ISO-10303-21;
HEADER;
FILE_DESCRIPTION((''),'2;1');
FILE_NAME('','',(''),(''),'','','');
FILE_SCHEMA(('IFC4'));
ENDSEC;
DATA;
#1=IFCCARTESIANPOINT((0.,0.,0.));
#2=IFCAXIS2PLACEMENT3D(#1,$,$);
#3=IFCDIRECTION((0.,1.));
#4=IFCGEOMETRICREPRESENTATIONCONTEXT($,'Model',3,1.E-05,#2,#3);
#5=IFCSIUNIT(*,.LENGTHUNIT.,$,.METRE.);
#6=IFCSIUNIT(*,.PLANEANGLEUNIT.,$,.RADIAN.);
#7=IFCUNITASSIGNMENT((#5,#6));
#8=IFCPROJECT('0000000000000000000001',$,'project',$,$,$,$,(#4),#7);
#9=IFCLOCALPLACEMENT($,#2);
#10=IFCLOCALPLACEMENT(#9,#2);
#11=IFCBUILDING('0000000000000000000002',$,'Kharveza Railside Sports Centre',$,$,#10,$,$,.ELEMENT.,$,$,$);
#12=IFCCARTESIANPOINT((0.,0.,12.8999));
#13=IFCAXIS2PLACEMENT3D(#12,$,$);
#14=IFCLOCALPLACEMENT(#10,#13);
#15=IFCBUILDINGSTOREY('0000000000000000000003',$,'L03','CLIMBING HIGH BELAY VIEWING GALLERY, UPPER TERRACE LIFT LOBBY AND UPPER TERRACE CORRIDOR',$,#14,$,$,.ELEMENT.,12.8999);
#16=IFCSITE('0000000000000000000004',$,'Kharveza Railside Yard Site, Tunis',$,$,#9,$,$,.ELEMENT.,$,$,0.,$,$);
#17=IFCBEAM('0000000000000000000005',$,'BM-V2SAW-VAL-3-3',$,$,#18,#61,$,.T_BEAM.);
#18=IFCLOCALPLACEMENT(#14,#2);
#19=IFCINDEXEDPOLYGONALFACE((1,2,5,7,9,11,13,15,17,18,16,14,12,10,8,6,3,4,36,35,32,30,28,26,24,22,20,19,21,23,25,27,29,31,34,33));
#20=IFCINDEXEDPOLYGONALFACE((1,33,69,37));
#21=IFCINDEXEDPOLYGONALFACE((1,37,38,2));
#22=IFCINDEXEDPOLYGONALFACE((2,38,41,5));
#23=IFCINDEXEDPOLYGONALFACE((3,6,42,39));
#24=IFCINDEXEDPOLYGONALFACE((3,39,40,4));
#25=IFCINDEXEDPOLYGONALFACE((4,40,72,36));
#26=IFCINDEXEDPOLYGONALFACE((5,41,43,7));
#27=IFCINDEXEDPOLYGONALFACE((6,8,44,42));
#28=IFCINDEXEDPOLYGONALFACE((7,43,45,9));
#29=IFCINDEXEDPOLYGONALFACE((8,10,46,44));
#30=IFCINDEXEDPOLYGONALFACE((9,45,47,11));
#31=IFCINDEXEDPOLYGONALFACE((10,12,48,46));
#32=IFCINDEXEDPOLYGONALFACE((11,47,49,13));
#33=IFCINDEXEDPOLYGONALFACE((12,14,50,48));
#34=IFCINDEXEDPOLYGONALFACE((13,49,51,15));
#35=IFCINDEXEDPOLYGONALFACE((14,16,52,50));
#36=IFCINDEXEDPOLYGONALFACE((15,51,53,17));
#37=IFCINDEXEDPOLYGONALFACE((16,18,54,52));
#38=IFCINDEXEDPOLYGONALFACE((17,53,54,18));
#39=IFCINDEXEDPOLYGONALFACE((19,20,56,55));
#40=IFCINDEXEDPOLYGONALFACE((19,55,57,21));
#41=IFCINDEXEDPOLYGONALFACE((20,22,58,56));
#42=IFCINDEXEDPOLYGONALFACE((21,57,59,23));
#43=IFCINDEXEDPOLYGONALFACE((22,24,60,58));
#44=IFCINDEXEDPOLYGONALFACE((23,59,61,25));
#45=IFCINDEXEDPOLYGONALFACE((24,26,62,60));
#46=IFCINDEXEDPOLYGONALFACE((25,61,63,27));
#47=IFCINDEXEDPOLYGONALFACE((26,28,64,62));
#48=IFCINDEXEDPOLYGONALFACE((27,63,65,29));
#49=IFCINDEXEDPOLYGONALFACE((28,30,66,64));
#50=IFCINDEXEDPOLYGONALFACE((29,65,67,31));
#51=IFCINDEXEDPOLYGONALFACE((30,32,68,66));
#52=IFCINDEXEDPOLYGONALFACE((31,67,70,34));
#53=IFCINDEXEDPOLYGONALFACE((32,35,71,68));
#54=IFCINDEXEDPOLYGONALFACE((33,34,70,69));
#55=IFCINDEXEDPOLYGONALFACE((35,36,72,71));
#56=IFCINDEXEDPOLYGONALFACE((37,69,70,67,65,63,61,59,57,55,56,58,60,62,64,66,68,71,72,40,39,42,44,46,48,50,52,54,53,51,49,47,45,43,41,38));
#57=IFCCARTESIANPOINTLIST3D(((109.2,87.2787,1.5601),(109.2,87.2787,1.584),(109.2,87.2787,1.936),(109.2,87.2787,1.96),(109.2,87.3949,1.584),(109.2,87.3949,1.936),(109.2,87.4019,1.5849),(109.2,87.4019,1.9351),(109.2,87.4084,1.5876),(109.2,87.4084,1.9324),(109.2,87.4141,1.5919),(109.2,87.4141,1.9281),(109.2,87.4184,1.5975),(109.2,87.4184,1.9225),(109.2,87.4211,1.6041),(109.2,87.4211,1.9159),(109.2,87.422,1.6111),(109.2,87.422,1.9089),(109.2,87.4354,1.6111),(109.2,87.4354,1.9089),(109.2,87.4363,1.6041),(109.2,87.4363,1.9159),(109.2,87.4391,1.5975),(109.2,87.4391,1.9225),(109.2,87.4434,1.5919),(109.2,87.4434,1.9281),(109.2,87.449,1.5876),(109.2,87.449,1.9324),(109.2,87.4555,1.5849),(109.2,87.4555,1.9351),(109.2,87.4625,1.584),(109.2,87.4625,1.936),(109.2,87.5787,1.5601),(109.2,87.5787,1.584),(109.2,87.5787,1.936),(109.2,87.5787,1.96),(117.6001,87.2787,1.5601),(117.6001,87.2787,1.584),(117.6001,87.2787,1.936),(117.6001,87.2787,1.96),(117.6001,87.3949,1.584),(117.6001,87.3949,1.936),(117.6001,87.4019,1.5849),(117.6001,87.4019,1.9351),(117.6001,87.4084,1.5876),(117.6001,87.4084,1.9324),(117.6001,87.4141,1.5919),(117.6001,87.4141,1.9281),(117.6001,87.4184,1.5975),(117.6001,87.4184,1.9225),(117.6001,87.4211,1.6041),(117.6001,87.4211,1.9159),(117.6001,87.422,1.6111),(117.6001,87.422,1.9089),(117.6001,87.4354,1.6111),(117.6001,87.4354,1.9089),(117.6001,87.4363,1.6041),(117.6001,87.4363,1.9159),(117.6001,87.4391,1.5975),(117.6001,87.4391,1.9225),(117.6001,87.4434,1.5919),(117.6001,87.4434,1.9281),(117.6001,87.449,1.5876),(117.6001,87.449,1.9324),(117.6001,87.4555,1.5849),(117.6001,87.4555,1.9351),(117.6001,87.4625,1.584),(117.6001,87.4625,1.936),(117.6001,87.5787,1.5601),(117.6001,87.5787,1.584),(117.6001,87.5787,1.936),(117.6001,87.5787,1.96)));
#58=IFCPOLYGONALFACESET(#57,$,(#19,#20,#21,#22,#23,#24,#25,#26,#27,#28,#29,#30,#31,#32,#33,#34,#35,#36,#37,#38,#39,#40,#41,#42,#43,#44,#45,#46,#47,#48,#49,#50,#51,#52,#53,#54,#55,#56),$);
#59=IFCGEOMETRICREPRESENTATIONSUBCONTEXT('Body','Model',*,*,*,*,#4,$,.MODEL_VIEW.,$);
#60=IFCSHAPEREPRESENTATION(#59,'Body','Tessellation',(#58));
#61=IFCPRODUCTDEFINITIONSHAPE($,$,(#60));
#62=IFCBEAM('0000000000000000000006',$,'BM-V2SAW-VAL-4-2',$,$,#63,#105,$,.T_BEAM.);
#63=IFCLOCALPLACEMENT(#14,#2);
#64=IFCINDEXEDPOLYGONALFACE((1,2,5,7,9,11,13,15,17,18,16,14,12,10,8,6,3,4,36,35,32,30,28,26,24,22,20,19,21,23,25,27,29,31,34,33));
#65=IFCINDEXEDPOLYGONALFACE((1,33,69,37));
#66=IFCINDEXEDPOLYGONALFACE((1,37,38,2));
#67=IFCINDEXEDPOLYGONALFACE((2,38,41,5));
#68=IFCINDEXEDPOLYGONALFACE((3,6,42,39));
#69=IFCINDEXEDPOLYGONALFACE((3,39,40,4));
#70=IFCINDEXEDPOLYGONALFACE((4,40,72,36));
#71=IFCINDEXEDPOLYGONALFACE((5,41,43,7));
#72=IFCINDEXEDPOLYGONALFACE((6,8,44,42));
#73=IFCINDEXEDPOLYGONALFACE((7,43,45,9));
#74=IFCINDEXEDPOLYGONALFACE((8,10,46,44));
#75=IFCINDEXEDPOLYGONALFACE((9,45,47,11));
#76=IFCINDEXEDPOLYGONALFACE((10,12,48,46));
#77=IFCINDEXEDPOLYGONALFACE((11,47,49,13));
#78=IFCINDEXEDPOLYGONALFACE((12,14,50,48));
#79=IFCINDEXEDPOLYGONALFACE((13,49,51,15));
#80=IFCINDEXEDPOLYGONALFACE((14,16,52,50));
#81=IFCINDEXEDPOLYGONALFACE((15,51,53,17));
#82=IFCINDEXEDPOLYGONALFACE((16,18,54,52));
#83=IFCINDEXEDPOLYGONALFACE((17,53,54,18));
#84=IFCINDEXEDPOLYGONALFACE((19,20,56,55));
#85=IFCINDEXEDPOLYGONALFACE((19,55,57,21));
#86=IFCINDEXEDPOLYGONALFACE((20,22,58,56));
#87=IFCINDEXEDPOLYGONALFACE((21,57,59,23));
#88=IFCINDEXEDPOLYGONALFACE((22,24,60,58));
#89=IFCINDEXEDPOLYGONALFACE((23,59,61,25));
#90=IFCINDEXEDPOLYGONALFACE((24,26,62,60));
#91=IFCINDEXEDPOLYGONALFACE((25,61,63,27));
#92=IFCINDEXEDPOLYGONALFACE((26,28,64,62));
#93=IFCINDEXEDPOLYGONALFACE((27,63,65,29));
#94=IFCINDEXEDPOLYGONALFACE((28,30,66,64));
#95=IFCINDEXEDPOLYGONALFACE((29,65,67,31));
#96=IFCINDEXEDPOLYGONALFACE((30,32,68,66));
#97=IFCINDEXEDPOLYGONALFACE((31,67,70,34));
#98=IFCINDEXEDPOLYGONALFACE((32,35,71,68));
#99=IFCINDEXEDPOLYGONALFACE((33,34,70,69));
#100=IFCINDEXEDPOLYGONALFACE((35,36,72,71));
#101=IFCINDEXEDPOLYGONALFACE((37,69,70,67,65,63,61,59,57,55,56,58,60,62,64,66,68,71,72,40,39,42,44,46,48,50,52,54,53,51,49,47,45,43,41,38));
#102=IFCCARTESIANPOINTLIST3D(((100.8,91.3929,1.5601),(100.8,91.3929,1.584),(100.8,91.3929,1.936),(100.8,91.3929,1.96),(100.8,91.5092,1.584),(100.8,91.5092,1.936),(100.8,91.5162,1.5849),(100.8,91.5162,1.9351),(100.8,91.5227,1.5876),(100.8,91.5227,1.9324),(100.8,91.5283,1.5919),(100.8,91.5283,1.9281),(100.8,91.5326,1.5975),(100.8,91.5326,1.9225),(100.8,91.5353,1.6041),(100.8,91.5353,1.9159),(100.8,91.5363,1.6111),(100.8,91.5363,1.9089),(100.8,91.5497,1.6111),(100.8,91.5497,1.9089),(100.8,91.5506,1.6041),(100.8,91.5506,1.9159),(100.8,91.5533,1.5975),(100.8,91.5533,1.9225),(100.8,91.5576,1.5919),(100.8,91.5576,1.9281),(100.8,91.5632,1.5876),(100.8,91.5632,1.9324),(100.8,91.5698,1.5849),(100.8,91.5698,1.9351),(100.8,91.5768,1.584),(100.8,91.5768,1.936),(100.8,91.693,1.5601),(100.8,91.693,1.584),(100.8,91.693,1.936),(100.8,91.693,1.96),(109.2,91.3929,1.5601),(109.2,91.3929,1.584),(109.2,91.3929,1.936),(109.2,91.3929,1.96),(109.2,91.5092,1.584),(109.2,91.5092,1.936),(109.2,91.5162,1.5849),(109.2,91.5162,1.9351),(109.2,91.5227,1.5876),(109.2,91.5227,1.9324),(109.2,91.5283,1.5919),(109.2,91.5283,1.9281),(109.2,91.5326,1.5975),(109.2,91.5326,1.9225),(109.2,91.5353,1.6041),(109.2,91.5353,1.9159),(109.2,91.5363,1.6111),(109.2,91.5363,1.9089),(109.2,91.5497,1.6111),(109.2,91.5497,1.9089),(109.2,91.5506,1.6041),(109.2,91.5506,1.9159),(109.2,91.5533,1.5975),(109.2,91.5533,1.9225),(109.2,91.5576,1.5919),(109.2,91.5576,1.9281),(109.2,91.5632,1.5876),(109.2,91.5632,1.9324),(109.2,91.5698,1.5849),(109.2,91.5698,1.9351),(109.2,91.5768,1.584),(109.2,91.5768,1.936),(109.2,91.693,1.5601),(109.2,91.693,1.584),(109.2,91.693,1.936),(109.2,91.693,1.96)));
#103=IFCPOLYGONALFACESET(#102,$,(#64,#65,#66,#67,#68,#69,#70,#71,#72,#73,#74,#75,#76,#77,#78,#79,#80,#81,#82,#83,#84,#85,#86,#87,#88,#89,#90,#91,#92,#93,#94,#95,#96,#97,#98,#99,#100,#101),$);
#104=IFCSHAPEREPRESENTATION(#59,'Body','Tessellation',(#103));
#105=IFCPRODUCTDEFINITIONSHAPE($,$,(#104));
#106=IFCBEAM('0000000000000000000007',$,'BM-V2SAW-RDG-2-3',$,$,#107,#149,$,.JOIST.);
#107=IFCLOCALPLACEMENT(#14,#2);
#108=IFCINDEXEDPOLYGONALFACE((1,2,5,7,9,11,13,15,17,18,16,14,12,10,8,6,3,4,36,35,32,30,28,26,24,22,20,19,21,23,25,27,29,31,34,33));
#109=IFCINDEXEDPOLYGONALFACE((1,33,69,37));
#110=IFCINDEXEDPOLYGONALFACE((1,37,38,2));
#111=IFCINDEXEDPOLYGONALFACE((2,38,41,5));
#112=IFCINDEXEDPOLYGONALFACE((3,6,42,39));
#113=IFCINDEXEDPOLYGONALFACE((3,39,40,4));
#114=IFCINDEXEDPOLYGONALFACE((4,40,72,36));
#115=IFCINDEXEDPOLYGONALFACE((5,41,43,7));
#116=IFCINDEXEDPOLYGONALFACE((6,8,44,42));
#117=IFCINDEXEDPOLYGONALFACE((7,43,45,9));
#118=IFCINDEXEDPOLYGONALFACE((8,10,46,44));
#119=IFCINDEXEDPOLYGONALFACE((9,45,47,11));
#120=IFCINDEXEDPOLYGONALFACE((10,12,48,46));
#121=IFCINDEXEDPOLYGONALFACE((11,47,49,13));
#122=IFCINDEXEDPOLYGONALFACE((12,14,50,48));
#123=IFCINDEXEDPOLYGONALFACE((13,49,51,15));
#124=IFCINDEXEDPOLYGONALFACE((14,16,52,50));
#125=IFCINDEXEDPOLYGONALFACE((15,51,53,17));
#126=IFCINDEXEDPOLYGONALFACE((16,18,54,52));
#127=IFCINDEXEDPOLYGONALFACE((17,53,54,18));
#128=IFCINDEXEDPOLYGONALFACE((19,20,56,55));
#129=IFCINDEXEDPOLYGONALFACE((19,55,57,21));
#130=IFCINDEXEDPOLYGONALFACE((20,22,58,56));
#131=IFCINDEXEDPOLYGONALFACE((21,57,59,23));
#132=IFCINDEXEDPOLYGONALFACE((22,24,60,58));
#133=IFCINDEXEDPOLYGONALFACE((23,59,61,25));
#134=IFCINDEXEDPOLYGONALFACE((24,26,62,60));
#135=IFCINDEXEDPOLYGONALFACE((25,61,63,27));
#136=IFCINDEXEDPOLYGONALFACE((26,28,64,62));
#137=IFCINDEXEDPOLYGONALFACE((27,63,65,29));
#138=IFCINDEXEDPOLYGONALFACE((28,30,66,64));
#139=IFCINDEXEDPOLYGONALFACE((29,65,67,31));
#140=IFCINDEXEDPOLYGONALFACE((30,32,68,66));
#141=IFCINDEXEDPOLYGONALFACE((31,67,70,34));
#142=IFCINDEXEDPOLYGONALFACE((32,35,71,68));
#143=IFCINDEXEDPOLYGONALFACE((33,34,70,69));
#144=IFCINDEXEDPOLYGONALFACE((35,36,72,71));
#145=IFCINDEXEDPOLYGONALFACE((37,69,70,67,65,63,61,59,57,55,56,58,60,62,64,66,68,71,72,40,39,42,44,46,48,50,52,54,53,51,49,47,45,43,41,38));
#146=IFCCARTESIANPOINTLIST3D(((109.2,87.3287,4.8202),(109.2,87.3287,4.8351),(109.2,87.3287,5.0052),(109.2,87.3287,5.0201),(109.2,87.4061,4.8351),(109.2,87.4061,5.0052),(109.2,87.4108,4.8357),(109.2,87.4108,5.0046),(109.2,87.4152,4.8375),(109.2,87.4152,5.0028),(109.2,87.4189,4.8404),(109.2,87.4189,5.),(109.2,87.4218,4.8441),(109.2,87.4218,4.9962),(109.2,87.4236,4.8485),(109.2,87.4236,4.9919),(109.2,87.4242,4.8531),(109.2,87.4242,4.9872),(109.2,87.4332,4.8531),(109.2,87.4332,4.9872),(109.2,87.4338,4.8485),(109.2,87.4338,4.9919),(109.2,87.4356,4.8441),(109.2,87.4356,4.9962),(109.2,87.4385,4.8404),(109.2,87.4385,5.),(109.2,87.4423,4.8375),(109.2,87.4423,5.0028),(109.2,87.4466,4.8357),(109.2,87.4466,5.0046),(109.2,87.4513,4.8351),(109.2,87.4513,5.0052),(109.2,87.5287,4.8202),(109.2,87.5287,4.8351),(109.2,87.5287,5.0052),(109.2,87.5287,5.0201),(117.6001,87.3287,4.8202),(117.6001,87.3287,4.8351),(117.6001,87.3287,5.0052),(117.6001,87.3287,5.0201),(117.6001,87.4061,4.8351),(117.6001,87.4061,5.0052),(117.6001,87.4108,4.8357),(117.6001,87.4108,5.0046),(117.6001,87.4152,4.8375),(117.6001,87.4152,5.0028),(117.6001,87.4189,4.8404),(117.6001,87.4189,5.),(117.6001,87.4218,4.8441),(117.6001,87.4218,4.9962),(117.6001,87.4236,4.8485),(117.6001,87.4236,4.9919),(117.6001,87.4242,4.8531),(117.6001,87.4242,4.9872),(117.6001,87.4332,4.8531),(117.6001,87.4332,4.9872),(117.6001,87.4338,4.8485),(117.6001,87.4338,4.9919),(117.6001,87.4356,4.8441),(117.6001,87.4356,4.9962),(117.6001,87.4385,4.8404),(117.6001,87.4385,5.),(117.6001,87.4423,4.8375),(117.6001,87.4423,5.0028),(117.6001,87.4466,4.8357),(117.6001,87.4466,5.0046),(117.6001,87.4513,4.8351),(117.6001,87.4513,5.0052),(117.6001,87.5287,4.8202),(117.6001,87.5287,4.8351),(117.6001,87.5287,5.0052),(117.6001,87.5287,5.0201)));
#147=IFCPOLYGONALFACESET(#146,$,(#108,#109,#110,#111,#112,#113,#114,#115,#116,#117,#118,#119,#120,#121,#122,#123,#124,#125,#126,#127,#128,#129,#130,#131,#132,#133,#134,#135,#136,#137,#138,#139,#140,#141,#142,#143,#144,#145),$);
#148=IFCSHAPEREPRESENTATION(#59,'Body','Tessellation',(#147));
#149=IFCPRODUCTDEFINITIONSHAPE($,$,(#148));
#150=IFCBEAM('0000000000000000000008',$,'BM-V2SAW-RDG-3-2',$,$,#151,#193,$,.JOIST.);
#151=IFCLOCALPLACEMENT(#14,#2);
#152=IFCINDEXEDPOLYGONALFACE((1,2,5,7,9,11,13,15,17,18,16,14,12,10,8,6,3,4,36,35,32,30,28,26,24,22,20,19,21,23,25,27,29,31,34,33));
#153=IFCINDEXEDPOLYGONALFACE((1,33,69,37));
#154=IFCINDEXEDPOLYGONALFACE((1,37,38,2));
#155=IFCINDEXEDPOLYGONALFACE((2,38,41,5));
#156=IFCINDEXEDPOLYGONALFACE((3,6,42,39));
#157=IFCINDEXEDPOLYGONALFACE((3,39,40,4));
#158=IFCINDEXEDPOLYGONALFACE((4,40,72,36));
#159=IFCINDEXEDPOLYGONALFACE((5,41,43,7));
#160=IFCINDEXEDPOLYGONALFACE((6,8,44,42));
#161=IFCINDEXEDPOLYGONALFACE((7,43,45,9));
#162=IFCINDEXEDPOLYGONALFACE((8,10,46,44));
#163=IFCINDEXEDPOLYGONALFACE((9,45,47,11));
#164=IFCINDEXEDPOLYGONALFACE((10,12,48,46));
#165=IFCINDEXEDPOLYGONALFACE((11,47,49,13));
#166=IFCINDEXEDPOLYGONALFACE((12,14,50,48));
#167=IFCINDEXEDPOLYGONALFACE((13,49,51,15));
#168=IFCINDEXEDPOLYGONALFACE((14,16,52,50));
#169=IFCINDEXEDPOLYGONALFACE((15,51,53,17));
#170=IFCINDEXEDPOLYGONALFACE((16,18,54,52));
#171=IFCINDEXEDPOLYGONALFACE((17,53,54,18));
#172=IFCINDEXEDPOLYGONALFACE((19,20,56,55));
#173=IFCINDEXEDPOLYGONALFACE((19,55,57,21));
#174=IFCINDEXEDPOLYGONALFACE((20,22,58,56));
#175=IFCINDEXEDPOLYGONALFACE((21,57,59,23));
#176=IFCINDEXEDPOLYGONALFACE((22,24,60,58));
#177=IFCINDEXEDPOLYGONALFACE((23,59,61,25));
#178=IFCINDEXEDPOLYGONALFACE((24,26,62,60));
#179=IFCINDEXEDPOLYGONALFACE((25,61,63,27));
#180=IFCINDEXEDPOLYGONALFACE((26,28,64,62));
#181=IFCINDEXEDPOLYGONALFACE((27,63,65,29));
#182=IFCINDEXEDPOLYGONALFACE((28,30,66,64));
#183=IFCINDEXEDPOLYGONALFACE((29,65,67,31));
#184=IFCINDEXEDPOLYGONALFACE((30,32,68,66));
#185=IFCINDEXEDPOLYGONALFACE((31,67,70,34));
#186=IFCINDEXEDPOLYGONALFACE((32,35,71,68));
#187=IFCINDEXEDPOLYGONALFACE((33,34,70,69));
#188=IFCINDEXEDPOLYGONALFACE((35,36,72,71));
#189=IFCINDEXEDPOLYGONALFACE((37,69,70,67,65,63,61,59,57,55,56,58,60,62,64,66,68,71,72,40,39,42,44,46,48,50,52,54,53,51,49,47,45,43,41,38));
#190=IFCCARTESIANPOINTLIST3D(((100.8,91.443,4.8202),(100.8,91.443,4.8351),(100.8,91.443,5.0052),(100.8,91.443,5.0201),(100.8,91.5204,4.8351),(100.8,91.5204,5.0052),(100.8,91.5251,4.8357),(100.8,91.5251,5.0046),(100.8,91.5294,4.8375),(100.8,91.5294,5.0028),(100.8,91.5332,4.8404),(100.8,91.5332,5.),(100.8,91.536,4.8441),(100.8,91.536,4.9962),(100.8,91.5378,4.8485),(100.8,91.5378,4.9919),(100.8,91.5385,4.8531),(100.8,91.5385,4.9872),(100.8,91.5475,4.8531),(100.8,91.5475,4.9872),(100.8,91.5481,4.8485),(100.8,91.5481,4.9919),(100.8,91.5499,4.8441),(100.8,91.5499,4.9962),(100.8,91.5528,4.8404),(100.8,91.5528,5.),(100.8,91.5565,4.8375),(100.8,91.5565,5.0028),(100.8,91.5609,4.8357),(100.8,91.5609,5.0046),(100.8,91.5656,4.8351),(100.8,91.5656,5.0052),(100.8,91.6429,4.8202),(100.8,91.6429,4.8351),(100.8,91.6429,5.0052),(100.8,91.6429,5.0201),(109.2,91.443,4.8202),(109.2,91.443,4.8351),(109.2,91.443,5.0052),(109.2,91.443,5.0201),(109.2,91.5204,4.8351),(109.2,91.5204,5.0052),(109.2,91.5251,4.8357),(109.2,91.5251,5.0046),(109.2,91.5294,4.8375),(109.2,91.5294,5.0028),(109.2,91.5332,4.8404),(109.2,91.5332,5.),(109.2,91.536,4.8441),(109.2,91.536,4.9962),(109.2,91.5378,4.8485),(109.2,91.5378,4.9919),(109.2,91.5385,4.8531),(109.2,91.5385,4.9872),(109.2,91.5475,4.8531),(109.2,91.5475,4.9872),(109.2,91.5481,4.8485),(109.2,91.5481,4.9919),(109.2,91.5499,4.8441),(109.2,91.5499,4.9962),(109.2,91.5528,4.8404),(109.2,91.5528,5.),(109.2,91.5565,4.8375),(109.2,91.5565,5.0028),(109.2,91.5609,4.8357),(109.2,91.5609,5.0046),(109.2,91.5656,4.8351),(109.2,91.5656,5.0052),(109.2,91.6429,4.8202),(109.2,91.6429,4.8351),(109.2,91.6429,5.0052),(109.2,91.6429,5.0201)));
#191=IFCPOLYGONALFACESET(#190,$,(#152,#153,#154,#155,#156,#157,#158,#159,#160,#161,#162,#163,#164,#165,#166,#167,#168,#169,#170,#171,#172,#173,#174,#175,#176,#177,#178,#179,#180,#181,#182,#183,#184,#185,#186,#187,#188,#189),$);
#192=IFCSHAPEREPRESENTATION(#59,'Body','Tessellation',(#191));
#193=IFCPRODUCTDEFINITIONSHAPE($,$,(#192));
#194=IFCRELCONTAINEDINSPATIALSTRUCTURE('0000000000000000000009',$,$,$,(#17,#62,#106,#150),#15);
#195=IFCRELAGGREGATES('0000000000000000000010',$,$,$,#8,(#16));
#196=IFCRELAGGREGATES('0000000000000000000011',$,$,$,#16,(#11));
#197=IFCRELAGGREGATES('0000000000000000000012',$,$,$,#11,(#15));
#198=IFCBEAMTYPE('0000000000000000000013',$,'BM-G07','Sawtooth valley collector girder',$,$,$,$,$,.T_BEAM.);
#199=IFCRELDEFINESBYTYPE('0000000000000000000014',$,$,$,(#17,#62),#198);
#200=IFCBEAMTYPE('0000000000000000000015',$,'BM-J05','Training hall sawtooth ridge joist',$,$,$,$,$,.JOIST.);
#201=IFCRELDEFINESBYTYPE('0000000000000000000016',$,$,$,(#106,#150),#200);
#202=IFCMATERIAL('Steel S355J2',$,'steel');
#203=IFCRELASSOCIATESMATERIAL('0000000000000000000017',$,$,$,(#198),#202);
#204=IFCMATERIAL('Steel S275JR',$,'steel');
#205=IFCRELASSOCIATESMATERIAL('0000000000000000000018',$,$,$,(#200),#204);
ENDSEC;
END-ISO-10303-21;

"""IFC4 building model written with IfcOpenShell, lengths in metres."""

from ifc_helpers import new_model, si_unit, direction, frame, origin, origin_2d, place, context, subcontext, project, spatial, i_section, extrude, material, material_profile, profile_set, type_object, element, save


model = new_model("IFC4")

# Units and contexts
model_context = context("Model", 3, precision=1e-05, world=origin(), true_north=direction((0.0, 1.0)))
body_context = subcontext(model_context, "Body", "Model", "MODEL_VIEW")
ifc_project = project(units=[si_unit("LENGTHUNIT", "METRE"), si_unit("PLANEANGLEUNIT", "RADIAN")], contexts=[model_context])

# Site, building, storey
site_placement = place(None, origin())
site = spatial("IfcSite", under=ifc_project, at=site_placement, Name="Kharveza Railside Yard Site, Tunis", CompositionType="ELEMENT", RefElevation=0.0)
building_placement = place(site_placement, origin())
building = spatial("IfcBuilding", under=site, at=building_placement, Name="Kharveza Railside Sports Centre", CompositionType="ELEMENT")
storey_placement = place(building_placement, frame((0.0, 0.0, 12.8999)))
storey = spatial("IfcBuildingStorey", under=building, at=storey_placement, Name="L03", Description="CLIMBING HIGH BELAY VIEWING GALLERY, UPPER TERRACE LIFT LOBBY AND UPPER TERRACE CORRIDOR", CompositionType="ELEMENT", Elevation=12.8999)

# Beams
ifc_material_1 = material(Name="Steel S355J2", Category="steel")
ifc_material_profile_1 = material_profile(ifc_material_1, i_section(OverallWidth=0.3, OverallDepth=0.3999, WebThickness=0.0134, FlangeThickness=0.0239, FilletRadius=0.0271, at=origin_2d()), Name="HEB 400")
ifc_profile_set_1 = profile_set([ifc_material_profile_1], Name="Steel S355J2")
beam_type_1 = type_object("IfcBeamType", Name="BM-G07", Description="Sawtooth valley collector girder", PredefinedType="T_BEAM", material=ifc_profile_set_1)
beam_1_placement = place(storey_placement, frame((109.2, 87.4287, 1.76), z_axis=(1.0, 0.0, 0.0), x_axis=(0.0, 1.0, 0.0)))
element("IfcBeam", 1, at=beam_1_placement, inside=storey, type_object=beam_type_1, Name="BM-V2SAW-VAL-3-3", PredefinedType="T_BEAM", context=body_context, shape_type="SweptSolid", body=[
    extrude(i_section(OverallWidth=0.3, OverallDepth=0.3999, WebThickness=0.0134, FlangeThickness=0.0239, FilletRadius=0.0271, at=origin_2d()), origin(), (0.0, 0.0, 1.0), 8.4001),
])
beam_2_placement = place(storey_placement, frame((100.8, 91.543, 1.76), z_axis=(1.0, 0.0, 0.0), x_axis=(0.0, 1.0, 0.0)))
element("IfcBeam", 2, at=beam_2_placement, inside=storey, type_object=beam_type_1, Name="BM-V2SAW-VAL-4-2", PredefinedType="T_BEAM", context=body_context, shape_type="SweptSolid", body=[
    extrude(i_section(OverallWidth=0.3, OverallDepth=0.3999, WebThickness=0.0134, FlangeThickness=0.0239, FilletRadius=0.0271, at=origin_2d()), origin(), (0.0, 0.0, 1.0), 8.3999),
])
ifc_material_2 = material(Name="Steel S275JR", Category="steel")
ifc_material_profile_2 = material_profile(ifc_material_2, i_section(OverallWidth=0.2, OverallDepth=0.2, WebThickness=0.009, FlangeThickness=0.0149, FilletRadius=0.0181, at=origin_2d()), Name="HEB 200")
ifc_profile_set_2 = profile_set([ifc_material_profile_2], Name="Steel S275JR")
beam_type_2 = type_object("IfcBeamType", Name="BM-J05", Description="Training hall sawtooth ridge joist", PredefinedType="JOIST", material=ifc_profile_set_2)
beam_3_placement = place(storey_placement, frame((109.2, 87.4287, 4.9202), z_axis=(1.0, 0.0, 0.0), x_axis=(0.0, 1.0, 0.0)))
element("IfcBeam", 3, at=beam_3_placement, inside=storey, type_object=beam_type_2, Name="BM-V2SAW-RDG-2-3", PredefinedType="JOIST", context=body_context, shape_type="SweptSolid", body=[
    extrude(i_section(OverallWidth=0.2, OverallDepth=0.2, WebThickness=0.009, FlangeThickness=0.0149, FilletRadius=0.0181, at=origin_2d()), origin(), (0.0, 0.0, 1.0), 8.4001),
])
beam_4_placement = place(storey_placement, frame((100.8, 91.543, 4.9202), z_axis=(1.0, 0.0, 0.0), x_axis=(0.0, 1.0, 0.0)))
element("IfcBeam", 4, at=beam_4_placement, inside=storey, type_object=beam_type_2, Name="BM-V2SAW-RDG-3-2", PredefinedType="JOIST", context=body_context, shape_type="SweptSolid", body=[
    extrude(i_section(OverallWidth=0.2, OverallDepth=0.2, WebThickness=0.009, FlangeThickness=0.0149, FilletRadius=0.0181, at=origin_2d()), origin(), (0.0, 0.0, 1.0), 8.3999),
])

save(model, "model.ifc")
